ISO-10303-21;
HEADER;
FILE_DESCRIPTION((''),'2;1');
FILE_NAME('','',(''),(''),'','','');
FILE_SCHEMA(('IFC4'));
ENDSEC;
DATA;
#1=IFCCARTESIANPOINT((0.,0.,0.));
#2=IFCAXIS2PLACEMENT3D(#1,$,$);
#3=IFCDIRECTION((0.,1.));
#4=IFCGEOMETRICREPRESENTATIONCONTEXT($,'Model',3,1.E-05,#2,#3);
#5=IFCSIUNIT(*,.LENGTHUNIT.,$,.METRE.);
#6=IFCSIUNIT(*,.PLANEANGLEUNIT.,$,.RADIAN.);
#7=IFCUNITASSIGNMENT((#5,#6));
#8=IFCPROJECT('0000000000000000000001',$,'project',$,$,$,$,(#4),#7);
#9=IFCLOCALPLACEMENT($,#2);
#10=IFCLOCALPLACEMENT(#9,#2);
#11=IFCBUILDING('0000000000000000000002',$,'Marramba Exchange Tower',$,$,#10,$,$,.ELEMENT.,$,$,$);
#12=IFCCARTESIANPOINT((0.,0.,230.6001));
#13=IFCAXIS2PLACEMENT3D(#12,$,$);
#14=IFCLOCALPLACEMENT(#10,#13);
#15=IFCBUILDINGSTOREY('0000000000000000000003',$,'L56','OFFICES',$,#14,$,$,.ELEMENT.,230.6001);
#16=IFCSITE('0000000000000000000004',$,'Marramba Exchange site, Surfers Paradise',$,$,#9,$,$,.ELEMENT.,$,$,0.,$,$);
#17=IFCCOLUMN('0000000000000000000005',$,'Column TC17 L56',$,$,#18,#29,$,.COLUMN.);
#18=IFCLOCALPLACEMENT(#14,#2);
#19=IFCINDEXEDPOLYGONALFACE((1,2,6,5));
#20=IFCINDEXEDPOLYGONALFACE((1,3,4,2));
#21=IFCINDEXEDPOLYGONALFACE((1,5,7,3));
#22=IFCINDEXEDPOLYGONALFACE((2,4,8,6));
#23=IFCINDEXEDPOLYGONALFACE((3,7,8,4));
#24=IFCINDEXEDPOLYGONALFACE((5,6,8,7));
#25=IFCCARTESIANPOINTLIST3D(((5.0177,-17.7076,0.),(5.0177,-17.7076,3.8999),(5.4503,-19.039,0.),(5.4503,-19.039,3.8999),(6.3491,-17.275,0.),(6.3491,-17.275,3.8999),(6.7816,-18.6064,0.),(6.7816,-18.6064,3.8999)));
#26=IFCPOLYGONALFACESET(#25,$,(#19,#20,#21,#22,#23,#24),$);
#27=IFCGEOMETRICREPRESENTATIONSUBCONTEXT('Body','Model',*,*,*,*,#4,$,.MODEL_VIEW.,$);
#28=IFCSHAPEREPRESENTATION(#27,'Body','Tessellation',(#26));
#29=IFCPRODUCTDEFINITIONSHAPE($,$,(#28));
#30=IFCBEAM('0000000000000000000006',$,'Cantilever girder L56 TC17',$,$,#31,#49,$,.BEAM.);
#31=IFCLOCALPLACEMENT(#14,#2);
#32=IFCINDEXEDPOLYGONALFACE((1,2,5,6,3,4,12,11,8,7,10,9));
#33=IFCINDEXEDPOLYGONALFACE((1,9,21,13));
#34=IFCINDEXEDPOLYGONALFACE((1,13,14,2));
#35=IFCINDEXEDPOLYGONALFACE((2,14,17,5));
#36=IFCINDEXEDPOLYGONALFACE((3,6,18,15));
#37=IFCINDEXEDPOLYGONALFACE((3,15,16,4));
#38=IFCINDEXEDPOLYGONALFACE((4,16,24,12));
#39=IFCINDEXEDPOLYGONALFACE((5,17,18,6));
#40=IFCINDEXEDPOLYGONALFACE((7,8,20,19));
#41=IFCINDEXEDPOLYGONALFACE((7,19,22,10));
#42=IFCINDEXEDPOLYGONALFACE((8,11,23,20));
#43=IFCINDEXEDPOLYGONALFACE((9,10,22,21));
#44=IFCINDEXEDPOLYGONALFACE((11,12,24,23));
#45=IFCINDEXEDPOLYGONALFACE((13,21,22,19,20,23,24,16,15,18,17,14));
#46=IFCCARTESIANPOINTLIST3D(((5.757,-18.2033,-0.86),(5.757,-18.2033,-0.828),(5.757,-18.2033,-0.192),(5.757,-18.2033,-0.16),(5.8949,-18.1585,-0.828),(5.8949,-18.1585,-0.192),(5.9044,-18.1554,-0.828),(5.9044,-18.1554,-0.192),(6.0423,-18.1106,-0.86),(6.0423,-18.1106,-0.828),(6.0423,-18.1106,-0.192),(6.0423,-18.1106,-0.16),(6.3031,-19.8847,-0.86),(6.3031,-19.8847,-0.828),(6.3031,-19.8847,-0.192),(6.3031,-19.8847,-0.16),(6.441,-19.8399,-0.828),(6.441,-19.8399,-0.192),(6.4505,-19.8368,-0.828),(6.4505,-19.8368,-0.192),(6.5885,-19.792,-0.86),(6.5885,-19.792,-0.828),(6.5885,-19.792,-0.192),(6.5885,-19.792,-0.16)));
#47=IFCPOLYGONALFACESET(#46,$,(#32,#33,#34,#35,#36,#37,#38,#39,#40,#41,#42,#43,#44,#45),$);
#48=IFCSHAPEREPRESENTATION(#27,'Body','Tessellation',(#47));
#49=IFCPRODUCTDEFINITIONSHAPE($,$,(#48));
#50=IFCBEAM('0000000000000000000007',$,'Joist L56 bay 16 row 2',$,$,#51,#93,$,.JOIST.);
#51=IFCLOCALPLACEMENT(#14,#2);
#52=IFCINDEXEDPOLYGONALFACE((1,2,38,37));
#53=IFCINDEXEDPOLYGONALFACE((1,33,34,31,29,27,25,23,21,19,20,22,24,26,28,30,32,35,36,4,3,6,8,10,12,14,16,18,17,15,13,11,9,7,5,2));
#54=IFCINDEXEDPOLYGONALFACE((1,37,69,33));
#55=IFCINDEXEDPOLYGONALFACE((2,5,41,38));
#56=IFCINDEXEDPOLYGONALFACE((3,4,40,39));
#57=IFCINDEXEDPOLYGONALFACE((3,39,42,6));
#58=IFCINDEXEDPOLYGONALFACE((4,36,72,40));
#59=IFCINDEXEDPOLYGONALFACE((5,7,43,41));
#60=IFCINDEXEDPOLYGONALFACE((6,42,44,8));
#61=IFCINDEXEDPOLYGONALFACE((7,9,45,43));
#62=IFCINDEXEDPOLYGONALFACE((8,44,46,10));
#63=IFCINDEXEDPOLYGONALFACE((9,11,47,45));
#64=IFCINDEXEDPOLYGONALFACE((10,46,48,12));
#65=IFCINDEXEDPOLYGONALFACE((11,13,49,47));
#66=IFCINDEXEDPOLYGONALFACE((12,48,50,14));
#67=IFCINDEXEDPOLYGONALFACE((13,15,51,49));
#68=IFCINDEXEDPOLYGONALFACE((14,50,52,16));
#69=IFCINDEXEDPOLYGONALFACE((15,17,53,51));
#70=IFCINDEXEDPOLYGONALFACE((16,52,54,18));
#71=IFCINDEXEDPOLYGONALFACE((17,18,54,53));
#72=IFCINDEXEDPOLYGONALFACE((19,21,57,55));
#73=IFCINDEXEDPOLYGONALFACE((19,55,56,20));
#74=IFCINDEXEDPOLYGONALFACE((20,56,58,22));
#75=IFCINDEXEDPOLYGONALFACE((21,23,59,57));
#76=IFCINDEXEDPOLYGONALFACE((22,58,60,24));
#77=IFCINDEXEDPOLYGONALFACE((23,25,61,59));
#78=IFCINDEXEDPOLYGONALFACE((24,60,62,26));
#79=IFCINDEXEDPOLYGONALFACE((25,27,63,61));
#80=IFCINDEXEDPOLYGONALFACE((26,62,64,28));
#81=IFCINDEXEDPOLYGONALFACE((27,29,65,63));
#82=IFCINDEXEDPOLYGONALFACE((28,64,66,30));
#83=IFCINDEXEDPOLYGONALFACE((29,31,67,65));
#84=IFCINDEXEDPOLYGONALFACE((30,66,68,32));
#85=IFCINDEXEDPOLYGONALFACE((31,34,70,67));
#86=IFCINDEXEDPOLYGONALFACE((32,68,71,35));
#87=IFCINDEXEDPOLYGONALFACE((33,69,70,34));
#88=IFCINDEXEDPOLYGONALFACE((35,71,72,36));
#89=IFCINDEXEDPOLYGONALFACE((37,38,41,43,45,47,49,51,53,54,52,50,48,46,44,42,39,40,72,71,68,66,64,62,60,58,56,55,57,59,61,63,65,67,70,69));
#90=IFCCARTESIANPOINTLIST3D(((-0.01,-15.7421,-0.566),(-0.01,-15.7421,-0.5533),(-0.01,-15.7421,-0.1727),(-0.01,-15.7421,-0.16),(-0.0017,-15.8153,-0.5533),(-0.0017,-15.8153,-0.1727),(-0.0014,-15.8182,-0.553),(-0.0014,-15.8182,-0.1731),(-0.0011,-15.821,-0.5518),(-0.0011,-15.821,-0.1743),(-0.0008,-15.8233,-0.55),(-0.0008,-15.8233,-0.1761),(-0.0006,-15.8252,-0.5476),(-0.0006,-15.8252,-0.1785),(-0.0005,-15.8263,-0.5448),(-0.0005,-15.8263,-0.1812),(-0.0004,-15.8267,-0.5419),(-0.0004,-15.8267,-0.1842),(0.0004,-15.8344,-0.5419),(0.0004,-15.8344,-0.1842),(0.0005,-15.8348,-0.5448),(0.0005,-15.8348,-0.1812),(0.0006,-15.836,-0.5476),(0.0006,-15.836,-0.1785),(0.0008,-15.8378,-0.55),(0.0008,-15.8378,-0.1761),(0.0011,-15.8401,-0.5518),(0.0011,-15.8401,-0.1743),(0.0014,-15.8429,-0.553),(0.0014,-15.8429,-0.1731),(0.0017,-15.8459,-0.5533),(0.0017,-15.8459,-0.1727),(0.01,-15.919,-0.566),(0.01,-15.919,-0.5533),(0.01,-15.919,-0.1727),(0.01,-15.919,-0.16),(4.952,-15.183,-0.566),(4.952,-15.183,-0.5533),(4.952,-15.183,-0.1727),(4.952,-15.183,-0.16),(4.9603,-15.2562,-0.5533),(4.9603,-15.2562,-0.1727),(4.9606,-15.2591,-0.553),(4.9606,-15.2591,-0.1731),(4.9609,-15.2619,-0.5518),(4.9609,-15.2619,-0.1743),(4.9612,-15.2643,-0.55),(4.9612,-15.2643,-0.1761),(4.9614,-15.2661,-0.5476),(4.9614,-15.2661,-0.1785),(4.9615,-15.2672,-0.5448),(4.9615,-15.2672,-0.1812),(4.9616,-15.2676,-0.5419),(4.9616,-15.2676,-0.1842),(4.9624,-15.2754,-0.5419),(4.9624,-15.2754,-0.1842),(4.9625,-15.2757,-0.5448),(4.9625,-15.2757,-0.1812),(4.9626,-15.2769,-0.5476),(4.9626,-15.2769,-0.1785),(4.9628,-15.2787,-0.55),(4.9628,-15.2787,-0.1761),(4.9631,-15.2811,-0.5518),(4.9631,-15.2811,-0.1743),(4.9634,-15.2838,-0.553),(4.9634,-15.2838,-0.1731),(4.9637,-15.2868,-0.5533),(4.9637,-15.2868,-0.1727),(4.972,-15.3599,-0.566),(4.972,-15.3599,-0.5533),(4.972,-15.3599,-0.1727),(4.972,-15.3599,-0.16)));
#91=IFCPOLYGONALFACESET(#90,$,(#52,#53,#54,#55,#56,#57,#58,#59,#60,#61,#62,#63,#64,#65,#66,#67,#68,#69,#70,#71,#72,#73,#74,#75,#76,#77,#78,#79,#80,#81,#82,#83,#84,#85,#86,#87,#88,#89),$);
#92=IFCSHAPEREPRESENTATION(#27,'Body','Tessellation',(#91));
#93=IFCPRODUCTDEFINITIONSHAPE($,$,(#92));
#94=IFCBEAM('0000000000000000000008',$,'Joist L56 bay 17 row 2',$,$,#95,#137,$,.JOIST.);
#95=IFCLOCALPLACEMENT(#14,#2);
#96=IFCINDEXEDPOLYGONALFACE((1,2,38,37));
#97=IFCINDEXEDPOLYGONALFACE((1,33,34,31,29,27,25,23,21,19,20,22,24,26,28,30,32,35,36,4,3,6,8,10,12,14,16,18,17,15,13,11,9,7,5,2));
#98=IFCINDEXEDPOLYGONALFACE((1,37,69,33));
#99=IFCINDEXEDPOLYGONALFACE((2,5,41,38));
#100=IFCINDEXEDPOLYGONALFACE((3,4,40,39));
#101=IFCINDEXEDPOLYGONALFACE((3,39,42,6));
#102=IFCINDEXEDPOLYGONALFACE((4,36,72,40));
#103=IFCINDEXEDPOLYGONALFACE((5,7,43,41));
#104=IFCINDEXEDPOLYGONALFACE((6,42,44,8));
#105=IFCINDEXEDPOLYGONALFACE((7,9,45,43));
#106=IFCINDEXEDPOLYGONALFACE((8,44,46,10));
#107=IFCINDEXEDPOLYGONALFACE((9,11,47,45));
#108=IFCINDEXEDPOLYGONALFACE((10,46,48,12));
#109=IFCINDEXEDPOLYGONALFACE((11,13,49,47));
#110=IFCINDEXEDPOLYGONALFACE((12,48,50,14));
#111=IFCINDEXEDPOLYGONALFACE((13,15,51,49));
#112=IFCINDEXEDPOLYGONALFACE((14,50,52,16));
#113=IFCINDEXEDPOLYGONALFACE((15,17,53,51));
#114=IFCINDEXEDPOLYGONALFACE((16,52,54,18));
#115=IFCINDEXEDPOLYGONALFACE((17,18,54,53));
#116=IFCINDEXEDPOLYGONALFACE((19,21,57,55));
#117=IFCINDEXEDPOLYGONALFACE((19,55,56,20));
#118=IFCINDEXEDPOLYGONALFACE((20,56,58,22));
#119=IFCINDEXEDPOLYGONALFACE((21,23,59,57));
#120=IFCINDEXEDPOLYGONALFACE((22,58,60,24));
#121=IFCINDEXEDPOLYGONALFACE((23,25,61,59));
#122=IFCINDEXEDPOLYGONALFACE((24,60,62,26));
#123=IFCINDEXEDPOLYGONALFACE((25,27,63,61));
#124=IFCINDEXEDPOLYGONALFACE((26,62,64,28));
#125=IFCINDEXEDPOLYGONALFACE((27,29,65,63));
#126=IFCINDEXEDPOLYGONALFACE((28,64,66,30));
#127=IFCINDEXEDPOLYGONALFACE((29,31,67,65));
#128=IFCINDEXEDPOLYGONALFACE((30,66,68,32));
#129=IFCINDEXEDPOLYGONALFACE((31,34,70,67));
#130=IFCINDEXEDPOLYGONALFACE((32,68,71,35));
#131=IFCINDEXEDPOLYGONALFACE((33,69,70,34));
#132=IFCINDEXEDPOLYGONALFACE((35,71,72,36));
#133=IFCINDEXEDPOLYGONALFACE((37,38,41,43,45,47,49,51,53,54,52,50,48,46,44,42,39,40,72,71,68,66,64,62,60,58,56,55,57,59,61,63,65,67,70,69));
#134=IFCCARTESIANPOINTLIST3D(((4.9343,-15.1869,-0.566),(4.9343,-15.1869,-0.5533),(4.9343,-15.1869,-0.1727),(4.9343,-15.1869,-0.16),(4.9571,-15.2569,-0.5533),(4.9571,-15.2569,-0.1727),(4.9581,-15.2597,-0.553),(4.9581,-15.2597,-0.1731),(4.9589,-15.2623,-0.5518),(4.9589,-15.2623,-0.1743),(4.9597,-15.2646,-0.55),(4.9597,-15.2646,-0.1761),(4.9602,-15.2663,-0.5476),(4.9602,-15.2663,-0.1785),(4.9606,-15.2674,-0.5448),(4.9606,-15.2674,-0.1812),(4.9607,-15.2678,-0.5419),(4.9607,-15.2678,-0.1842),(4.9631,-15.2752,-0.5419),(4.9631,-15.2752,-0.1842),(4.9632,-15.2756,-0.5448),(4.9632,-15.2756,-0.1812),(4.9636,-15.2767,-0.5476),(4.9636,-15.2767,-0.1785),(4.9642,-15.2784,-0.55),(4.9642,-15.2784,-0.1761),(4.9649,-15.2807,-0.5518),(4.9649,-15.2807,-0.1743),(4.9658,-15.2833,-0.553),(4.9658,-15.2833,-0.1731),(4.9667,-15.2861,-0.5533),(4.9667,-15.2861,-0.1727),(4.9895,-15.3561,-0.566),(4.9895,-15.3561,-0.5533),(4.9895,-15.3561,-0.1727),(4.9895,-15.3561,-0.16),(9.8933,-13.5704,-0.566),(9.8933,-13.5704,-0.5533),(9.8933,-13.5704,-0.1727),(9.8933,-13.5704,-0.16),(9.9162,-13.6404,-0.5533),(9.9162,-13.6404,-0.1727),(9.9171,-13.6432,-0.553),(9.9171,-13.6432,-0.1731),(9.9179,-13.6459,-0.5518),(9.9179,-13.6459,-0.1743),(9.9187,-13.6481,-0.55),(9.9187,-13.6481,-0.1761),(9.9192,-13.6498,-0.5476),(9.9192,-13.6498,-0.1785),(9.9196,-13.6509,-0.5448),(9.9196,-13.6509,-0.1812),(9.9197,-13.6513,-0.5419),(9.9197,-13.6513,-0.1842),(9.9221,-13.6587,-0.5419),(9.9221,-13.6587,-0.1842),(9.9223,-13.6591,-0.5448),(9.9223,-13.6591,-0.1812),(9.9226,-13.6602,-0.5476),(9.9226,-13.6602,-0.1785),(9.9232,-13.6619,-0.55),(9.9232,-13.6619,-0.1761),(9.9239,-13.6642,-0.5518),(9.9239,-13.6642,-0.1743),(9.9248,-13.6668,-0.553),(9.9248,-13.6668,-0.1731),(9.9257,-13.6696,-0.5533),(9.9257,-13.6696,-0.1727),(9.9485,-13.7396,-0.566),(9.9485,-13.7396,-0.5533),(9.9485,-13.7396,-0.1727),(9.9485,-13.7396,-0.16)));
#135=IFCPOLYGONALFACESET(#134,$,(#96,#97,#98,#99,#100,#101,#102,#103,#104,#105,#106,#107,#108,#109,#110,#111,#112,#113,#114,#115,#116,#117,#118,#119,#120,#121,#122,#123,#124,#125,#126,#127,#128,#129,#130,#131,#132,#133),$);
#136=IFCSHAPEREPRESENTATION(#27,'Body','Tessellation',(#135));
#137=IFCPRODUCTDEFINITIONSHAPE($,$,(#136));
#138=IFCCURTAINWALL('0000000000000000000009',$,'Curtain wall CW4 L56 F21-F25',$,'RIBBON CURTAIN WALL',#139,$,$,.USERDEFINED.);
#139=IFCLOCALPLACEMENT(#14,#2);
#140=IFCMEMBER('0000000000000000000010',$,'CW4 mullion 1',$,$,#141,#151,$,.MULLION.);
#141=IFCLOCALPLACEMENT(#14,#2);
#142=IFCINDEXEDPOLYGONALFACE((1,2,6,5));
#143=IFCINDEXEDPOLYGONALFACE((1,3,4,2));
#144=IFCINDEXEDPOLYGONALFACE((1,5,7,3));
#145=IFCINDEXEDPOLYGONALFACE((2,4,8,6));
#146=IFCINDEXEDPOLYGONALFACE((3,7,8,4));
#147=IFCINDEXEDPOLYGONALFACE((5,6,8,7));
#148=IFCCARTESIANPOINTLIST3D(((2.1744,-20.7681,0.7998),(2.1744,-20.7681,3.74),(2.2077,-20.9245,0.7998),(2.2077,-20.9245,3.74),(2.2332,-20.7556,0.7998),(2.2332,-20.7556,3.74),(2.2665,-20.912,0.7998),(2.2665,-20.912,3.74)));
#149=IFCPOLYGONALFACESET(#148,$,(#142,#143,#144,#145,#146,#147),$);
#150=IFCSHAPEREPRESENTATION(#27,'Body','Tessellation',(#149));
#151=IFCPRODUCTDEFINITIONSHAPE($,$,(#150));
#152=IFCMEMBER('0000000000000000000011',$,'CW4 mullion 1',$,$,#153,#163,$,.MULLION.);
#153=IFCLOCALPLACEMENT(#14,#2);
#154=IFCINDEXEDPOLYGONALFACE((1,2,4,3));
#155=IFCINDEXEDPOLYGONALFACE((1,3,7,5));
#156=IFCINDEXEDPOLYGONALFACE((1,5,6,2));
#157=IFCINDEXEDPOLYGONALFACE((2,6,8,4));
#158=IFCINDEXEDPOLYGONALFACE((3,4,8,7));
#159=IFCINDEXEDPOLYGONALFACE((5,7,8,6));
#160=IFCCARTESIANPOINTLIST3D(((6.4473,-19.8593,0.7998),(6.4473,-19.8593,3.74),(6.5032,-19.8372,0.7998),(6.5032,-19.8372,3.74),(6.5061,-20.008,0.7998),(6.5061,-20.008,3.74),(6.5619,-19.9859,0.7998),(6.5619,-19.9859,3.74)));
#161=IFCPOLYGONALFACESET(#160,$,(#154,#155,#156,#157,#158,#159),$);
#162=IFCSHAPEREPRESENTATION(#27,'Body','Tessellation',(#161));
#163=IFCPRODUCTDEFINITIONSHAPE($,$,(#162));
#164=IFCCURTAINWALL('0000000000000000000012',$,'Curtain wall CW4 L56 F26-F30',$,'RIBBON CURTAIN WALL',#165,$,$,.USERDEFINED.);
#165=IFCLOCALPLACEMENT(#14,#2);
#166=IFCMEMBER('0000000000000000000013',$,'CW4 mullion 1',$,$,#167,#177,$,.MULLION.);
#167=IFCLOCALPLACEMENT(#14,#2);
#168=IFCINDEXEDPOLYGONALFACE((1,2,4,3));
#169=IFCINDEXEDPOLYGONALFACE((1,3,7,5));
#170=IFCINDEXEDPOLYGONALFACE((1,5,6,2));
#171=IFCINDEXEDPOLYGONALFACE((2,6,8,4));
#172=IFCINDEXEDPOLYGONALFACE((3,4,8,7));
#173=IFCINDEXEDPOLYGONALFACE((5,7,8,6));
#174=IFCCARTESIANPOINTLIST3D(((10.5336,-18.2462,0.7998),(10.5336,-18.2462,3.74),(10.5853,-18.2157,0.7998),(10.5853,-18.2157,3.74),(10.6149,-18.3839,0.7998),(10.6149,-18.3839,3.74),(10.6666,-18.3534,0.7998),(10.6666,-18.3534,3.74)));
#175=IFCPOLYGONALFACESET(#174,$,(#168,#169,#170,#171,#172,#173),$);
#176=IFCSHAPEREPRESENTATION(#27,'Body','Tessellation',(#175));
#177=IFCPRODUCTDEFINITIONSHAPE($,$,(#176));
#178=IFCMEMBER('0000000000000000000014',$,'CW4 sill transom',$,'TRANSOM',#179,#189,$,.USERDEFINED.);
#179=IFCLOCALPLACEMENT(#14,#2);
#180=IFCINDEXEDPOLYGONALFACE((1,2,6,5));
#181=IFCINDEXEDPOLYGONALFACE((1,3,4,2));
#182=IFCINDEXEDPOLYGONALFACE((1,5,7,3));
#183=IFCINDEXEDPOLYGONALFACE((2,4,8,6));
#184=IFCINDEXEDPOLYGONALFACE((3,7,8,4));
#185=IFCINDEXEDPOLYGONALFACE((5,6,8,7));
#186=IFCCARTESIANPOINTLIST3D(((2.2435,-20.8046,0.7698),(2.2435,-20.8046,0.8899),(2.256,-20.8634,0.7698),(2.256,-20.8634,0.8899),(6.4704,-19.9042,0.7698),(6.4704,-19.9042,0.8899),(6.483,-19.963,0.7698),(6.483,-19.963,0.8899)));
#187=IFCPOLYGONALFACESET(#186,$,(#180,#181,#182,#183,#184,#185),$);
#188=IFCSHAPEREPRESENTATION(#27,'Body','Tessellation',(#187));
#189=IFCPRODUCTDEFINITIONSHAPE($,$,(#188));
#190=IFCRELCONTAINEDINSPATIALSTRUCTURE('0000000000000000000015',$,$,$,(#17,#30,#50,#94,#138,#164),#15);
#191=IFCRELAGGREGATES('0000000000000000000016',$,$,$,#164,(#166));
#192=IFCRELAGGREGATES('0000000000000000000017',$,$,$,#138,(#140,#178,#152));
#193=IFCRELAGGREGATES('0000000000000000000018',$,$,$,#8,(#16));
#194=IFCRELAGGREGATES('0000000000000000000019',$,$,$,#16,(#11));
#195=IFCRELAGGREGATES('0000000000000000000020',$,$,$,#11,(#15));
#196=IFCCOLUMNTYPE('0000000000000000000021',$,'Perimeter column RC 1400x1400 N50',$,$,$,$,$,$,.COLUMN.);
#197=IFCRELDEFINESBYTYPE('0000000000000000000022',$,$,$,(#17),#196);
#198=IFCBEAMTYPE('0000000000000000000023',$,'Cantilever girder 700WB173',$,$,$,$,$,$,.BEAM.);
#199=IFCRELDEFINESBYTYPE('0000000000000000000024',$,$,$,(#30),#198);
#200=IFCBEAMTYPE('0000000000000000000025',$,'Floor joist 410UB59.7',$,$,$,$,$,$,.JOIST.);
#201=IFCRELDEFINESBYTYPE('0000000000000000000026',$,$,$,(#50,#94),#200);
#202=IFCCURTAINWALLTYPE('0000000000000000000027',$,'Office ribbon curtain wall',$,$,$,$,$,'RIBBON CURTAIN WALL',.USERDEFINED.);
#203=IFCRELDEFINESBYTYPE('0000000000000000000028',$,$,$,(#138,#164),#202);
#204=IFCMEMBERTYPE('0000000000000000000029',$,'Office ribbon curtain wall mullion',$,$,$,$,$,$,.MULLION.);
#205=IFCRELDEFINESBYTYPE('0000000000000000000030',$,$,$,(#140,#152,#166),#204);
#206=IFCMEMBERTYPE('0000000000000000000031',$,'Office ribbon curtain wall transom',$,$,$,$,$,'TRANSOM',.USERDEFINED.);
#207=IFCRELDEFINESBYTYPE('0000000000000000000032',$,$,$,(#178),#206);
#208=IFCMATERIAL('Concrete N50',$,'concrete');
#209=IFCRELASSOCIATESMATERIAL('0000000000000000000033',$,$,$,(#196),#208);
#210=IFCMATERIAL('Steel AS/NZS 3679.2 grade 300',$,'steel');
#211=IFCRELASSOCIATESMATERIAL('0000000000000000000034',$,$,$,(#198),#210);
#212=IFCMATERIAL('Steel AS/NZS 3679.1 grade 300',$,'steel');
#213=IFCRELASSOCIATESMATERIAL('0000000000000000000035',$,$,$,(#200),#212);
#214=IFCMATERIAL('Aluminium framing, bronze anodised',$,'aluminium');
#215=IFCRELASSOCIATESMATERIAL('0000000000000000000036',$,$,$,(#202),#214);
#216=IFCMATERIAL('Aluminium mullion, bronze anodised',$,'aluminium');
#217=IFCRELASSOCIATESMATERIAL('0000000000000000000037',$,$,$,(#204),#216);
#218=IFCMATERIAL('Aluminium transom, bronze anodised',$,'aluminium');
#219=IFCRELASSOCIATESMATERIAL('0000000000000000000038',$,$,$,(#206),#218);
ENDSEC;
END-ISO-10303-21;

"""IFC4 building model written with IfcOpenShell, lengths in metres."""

from ifc_helpers import new_model, si_unit, direction, frame, origin, origin_2d, place, context, subcontext, project, spatial, rectangle, i_section, extrude, material, material_profile, profile_set, type_object, element, aggregate, save


model = new_model("IFC4")

# Units and contexts
model_context = context("Model", 3, precision=1e-05, world=origin(), true_north=direction((0.0, 1.0)))
body_context = subcontext(model_context, "Body", "Model", "MODEL_VIEW")
ifc_project = project(units=[si_unit("LENGTHUNIT", "METRE"), si_unit("PLANEANGLEUNIT", "RADIAN")], contexts=[model_context])

# Site, building, storey
site_placement = place(None, origin())
site = spatial("IfcSite", under=ifc_project, at=site_placement, Name="Marramba Exchange site, Surfers Paradise", CompositionType="ELEMENT", RefElevation=0.0)
building_placement = place(site_placement, origin())
building = spatial("IfcBuilding", under=site, at=building_placement, Name="Marramba Exchange Tower", CompositionType="ELEMENT")
storey_placement = place(building_placement, frame((0.0, 0.0, 230.6001)))
storey = spatial("IfcBuildingStorey", under=building, at=storey_placement, Name="L56", Description="OFFICES", CompositionType="ELEMENT", Elevation=230.6001)

# Column
ifc_material_1 = material(Name="Concrete N50", Category="concrete")
ifc_material_profile_1 = material_profile(ifc_material_1, rectangle(XDim=1.3999, YDim=1.3999, at=origin_2d()), Name="RC 1400x1400")
ifc_profile_set_1 = profile_set([ifc_material_profile_1], Name="Concrete N50")
column_type = type_object("IfcColumnType", Name="Perimeter column RC 1400x1400 N50", PredefinedType="COLUMN", material=ifc_profile_set_1)
column_placement = place(storey_placement, frame((5.8997, -18.157, 0.0), z_axis=(0.0, 0.0, 1.0), x_axis=(0.309017, -0.951057, 0.0)))
element("IfcColumn", 1, at=column_placement, inside=storey, type_object=column_type, Name="Column TC17 L56", PredefinedType="COLUMN", context=body_context, shape_type="SweptSolid", body=[
    extrude(rectangle(XDim=1.3999, YDim=1.3999, at=origin_2d()), origin(), (0.0, 0.0, 1.0), 3.8999),
])

# Beams
ifc_material_2 = material(Name="Steel AS/NZS 3679.2 grade 300", Category="steel")
ifc_material_profile_2 = material_profile(ifc_material_2, i_section(OverallWidth=0.3, OverallDepth=0.7, WebThickness=0.01, FlangeThickness=0.032, at=origin_2d()), Name="700WB173")
ifc_profile_set_2 = profile_set([ifc_material_profile_2], Name="Steel AS/NZS 3679.2 grade 300")
beam_type_1 = type_object("IfcBeamType", Name="Cantilever girder 700WB173", PredefinedType="BEAM", material=ifc_profile_set_2)
beam_1_placement = place(storey_placement, frame((5.8997, -18.157, -0.51), z_axis=(0.308927, -0.951086, 0.0), x_axis=(0.951086, 0.308927, 0.0)))
element("IfcBeam", 2, at=beam_1_placement, inside=storey, type_object=beam_type_1, Name="Cantilever girder L56 TC17", PredefinedType="BEAM", context=body_context, shape_type="SweptSolid", body=[
    extrude(i_section(OverallWidth=0.3, OverallDepth=0.7, WebThickness=0.01, FlangeThickness=0.032, at=origin_2d()), origin(), (0.0, 0.0, 1.0), 1.7678),
])
ifc_material_3 = material(Name="Steel AS/NZS 3679.1 grade 300", Category="steel")
ifc_material_profile_3 = material_profile(ifc_material_3, i_section(OverallWidth=0.178, OverallDepth=0.406, WebThickness=0.0078, FlangeThickness=0.0127, FilletRadius=0.0115, at=origin_2d()), Name="410UB59.7")
ifc_profile_set_3 = profile_set([ifc_material_profile_3], Name="Steel AS/NZS 3679.1 grade 300")
beam_type_2 = type_object("IfcBeamType", Name="Floor joist 410UB59.7", PredefinedType="JOIST", material=ifc_profile_set_3)
beam_2_placement = place(storey_placement, frame((0.0, -15.8306, -0.363), z_axis=(0.993712, 0.111966, 0.0), x_axis=(-0.111966, 0.993712, 0.0)))
element("IfcBeam", 3, at=beam_2_placement, inside=storey, type_object=beam_type_2, Name="Joist L56 bay 16 row 2", PredefinedType="JOIST", context=body_context, shape_type="SweptSolid", body=[
    extrude(i_section(OverallWidth=0.178, OverallDepth=0.406, WebThickness=0.0078, FlangeThickness=0.0127, FilletRadius=0.0115, at=origin_2d()), origin(), (0.0, 0.0, 1.0), 4.9934),
])
beam_3_placement = place(storey_placement, frame((4.9619, -15.2715, -0.363), z_axis=(0.950764, 0.309916, 0.0), x_axis=(-0.309916, 0.950764, 0.0)))
element("IfcBeam", 4, at=beam_3_placement, inside=storey, type_object=beam_type_2, Name="Joist L56 bay 17 row 2", PredefinedType="JOIST", context=body_context, shape_type="SweptSolid", body=[
    extrude(i_section(OverallWidth=0.178, OverallDepth=0.406, WebThickness=0.0078, FlangeThickness=0.0127, FilletRadius=0.0115, at=origin_2d()), origin(), (0.0, 0.0, 1.0), 5.2158),
])

# Curtain wall, members
ifc_material_4 = material(Name="Aluminium framing, bronze anodised", Category="aluminium")
curtain_wall_type = type_object("IfcCurtainWallType", Name="Office ribbon curtain wall", ElementType="RIBBON CURTAIN WALL", PredefinedType="USERDEFINED", material=ifc_material_4)
curtain_wall_1_placement = place(storey_placement, origin())
curtain_wall_1 = element("IfcCurtainWall", 5, at=curtain_wall_1_placement, inside=storey, type_object=curtain_wall_type, Name="Curtain wall CW4 L56 F21-F25", ObjectType="RIBBON CURTAIN WALL", PredefinedType="USERDEFINED")
ifc_material_5 = material(Name="Aluminium mullion, bronze anodised", Category="aluminium")
ifc_material_profile_4 = material_profile(ifc_material_5, rectangle(XDim=0.1599, YDim=0.0601, at=origin_2d()), Name="CW4 mullion 60x160")
ifc_profile_set_4 = profile_set([ifc_material_profile_4], Name="Aluminium mullion, bronze anodised")
member_type_1 = type_object("IfcMemberType", Name="Office ribbon curtain wall mullion", PredefinedType="MULLION", material=ifc_profile_set_4)
member_1_placement = place(storey_placement, frame((2.2205, -20.8401, 0.7998), z_axis=(0.0, 0.0, 1.0), x_axis=(-0.208332, 0.978058, 0.0)))
member_1 = element("IfcMember", 6, at=member_1_placement, type_object=member_type_1, Name="CW4 mullion 1", PredefinedType="MULLION", context=body_context, shape_type="SweptSolid", body=[
    extrude(rectangle(XDim=0.1599, YDim=0.0601, at=origin_2d()), origin(), (0.0, 0.0, 1.0), 2.9402),
])
member_2_placement = place(storey_placement, frame((6.5046, -19.9226, 0.7998), z_axis=(0.0, 0.0, 1.0), x_axis=(-0.367375, 0.930073, 0.0)))
member_2 = element("IfcMember", 7, at=member_2_placement, type_object=member_type_1, Name="CW4 mullion 1", PredefinedType="MULLION", context=body_context, shape_type="SweptSolid", body=[
    extrude(rectangle(XDim=0.1599, YDim=0.0601, at=origin_2d()), origin(), (0.0, 0.0, 1.0), 2.9402),
])

# Curtain wall, member
curtain_wall_2_placement = place(storey_placement, origin())
curtain_wall_2 = element("IfcCurtainWall", 8, at=curtain_wall_2_placement, inside=storey, type_object=curtain_wall_type, Name="Curtain wall CW4 L56 F26-F30", ObjectType="RIBBON CURTAIN WALL", PredefinedType="USERDEFINED")
member_3_placement = place(storey_placement, frame((10.6001, -18.2998, 0.7998), z_axis=(0.0, 0.0, 1.0), x_axis=(-0.508011, 0.861351, 0.0)))
member_3 = element("IfcMember", 9, at=member_3_placement, type_object=member_type_1, Name="CW4 mullion 1", PredefinedType="MULLION", context=body_context, shape_type="SweptSolid", body=[
    extrude(rectangle(XDim=0.1599, YDim=0.0601, at=origin_2d()), origin(), (0.0, 0.0, 1.0), 2.9402),
])
aggregate(curtain_wall_2, [member_3])

# Member
ifc_material_6 = material(Name="Aluminium transom, bronze anodised", Category="aluminium")
ifc_material_profile_5 = material_profile(ifc_material_6, rectangle(XDim=0.0601, YDim=0.1201, at=origin_2d()), Name="CW4 transom 60x120")
ifc_profile_set_5 = profile_set([ifc_material_profile_5], Name="Aluminium transom, bronze anodised")
member_type_2 = type_object("IfcMemberType", Name="Office ribbon curtain wall transom", ElementType="TRANSOM", PredefinedType="USERDEFINED", material=ifc_profile_set_5)
member_4_placement = place(storey_placement, frame((2.2498, -20.834, 0.8298), z_axis=(0.978058, 0.208333, 0.0), x_axis=(-0.208333, 0.978058, 0.0)))
member_4 = element("IfcMember", 10, at=member_4_placement, type_object=member_type_2, Name="CW4 sill transom", ObjectType="TRANSOM", PredefinedType="USERDEFINED", context=body_context, shape_type="SweptSolid", body=[
    extrude(rectangle(XDim=0.0601, YDim=0.1201, at=origin_2d()), origin(), (0.0, 0.0, 1.0), 4.3218),
])

aggregate(curtain_wall_1, [member_1, member_4, member_2])

save(model, "model.ifc")
